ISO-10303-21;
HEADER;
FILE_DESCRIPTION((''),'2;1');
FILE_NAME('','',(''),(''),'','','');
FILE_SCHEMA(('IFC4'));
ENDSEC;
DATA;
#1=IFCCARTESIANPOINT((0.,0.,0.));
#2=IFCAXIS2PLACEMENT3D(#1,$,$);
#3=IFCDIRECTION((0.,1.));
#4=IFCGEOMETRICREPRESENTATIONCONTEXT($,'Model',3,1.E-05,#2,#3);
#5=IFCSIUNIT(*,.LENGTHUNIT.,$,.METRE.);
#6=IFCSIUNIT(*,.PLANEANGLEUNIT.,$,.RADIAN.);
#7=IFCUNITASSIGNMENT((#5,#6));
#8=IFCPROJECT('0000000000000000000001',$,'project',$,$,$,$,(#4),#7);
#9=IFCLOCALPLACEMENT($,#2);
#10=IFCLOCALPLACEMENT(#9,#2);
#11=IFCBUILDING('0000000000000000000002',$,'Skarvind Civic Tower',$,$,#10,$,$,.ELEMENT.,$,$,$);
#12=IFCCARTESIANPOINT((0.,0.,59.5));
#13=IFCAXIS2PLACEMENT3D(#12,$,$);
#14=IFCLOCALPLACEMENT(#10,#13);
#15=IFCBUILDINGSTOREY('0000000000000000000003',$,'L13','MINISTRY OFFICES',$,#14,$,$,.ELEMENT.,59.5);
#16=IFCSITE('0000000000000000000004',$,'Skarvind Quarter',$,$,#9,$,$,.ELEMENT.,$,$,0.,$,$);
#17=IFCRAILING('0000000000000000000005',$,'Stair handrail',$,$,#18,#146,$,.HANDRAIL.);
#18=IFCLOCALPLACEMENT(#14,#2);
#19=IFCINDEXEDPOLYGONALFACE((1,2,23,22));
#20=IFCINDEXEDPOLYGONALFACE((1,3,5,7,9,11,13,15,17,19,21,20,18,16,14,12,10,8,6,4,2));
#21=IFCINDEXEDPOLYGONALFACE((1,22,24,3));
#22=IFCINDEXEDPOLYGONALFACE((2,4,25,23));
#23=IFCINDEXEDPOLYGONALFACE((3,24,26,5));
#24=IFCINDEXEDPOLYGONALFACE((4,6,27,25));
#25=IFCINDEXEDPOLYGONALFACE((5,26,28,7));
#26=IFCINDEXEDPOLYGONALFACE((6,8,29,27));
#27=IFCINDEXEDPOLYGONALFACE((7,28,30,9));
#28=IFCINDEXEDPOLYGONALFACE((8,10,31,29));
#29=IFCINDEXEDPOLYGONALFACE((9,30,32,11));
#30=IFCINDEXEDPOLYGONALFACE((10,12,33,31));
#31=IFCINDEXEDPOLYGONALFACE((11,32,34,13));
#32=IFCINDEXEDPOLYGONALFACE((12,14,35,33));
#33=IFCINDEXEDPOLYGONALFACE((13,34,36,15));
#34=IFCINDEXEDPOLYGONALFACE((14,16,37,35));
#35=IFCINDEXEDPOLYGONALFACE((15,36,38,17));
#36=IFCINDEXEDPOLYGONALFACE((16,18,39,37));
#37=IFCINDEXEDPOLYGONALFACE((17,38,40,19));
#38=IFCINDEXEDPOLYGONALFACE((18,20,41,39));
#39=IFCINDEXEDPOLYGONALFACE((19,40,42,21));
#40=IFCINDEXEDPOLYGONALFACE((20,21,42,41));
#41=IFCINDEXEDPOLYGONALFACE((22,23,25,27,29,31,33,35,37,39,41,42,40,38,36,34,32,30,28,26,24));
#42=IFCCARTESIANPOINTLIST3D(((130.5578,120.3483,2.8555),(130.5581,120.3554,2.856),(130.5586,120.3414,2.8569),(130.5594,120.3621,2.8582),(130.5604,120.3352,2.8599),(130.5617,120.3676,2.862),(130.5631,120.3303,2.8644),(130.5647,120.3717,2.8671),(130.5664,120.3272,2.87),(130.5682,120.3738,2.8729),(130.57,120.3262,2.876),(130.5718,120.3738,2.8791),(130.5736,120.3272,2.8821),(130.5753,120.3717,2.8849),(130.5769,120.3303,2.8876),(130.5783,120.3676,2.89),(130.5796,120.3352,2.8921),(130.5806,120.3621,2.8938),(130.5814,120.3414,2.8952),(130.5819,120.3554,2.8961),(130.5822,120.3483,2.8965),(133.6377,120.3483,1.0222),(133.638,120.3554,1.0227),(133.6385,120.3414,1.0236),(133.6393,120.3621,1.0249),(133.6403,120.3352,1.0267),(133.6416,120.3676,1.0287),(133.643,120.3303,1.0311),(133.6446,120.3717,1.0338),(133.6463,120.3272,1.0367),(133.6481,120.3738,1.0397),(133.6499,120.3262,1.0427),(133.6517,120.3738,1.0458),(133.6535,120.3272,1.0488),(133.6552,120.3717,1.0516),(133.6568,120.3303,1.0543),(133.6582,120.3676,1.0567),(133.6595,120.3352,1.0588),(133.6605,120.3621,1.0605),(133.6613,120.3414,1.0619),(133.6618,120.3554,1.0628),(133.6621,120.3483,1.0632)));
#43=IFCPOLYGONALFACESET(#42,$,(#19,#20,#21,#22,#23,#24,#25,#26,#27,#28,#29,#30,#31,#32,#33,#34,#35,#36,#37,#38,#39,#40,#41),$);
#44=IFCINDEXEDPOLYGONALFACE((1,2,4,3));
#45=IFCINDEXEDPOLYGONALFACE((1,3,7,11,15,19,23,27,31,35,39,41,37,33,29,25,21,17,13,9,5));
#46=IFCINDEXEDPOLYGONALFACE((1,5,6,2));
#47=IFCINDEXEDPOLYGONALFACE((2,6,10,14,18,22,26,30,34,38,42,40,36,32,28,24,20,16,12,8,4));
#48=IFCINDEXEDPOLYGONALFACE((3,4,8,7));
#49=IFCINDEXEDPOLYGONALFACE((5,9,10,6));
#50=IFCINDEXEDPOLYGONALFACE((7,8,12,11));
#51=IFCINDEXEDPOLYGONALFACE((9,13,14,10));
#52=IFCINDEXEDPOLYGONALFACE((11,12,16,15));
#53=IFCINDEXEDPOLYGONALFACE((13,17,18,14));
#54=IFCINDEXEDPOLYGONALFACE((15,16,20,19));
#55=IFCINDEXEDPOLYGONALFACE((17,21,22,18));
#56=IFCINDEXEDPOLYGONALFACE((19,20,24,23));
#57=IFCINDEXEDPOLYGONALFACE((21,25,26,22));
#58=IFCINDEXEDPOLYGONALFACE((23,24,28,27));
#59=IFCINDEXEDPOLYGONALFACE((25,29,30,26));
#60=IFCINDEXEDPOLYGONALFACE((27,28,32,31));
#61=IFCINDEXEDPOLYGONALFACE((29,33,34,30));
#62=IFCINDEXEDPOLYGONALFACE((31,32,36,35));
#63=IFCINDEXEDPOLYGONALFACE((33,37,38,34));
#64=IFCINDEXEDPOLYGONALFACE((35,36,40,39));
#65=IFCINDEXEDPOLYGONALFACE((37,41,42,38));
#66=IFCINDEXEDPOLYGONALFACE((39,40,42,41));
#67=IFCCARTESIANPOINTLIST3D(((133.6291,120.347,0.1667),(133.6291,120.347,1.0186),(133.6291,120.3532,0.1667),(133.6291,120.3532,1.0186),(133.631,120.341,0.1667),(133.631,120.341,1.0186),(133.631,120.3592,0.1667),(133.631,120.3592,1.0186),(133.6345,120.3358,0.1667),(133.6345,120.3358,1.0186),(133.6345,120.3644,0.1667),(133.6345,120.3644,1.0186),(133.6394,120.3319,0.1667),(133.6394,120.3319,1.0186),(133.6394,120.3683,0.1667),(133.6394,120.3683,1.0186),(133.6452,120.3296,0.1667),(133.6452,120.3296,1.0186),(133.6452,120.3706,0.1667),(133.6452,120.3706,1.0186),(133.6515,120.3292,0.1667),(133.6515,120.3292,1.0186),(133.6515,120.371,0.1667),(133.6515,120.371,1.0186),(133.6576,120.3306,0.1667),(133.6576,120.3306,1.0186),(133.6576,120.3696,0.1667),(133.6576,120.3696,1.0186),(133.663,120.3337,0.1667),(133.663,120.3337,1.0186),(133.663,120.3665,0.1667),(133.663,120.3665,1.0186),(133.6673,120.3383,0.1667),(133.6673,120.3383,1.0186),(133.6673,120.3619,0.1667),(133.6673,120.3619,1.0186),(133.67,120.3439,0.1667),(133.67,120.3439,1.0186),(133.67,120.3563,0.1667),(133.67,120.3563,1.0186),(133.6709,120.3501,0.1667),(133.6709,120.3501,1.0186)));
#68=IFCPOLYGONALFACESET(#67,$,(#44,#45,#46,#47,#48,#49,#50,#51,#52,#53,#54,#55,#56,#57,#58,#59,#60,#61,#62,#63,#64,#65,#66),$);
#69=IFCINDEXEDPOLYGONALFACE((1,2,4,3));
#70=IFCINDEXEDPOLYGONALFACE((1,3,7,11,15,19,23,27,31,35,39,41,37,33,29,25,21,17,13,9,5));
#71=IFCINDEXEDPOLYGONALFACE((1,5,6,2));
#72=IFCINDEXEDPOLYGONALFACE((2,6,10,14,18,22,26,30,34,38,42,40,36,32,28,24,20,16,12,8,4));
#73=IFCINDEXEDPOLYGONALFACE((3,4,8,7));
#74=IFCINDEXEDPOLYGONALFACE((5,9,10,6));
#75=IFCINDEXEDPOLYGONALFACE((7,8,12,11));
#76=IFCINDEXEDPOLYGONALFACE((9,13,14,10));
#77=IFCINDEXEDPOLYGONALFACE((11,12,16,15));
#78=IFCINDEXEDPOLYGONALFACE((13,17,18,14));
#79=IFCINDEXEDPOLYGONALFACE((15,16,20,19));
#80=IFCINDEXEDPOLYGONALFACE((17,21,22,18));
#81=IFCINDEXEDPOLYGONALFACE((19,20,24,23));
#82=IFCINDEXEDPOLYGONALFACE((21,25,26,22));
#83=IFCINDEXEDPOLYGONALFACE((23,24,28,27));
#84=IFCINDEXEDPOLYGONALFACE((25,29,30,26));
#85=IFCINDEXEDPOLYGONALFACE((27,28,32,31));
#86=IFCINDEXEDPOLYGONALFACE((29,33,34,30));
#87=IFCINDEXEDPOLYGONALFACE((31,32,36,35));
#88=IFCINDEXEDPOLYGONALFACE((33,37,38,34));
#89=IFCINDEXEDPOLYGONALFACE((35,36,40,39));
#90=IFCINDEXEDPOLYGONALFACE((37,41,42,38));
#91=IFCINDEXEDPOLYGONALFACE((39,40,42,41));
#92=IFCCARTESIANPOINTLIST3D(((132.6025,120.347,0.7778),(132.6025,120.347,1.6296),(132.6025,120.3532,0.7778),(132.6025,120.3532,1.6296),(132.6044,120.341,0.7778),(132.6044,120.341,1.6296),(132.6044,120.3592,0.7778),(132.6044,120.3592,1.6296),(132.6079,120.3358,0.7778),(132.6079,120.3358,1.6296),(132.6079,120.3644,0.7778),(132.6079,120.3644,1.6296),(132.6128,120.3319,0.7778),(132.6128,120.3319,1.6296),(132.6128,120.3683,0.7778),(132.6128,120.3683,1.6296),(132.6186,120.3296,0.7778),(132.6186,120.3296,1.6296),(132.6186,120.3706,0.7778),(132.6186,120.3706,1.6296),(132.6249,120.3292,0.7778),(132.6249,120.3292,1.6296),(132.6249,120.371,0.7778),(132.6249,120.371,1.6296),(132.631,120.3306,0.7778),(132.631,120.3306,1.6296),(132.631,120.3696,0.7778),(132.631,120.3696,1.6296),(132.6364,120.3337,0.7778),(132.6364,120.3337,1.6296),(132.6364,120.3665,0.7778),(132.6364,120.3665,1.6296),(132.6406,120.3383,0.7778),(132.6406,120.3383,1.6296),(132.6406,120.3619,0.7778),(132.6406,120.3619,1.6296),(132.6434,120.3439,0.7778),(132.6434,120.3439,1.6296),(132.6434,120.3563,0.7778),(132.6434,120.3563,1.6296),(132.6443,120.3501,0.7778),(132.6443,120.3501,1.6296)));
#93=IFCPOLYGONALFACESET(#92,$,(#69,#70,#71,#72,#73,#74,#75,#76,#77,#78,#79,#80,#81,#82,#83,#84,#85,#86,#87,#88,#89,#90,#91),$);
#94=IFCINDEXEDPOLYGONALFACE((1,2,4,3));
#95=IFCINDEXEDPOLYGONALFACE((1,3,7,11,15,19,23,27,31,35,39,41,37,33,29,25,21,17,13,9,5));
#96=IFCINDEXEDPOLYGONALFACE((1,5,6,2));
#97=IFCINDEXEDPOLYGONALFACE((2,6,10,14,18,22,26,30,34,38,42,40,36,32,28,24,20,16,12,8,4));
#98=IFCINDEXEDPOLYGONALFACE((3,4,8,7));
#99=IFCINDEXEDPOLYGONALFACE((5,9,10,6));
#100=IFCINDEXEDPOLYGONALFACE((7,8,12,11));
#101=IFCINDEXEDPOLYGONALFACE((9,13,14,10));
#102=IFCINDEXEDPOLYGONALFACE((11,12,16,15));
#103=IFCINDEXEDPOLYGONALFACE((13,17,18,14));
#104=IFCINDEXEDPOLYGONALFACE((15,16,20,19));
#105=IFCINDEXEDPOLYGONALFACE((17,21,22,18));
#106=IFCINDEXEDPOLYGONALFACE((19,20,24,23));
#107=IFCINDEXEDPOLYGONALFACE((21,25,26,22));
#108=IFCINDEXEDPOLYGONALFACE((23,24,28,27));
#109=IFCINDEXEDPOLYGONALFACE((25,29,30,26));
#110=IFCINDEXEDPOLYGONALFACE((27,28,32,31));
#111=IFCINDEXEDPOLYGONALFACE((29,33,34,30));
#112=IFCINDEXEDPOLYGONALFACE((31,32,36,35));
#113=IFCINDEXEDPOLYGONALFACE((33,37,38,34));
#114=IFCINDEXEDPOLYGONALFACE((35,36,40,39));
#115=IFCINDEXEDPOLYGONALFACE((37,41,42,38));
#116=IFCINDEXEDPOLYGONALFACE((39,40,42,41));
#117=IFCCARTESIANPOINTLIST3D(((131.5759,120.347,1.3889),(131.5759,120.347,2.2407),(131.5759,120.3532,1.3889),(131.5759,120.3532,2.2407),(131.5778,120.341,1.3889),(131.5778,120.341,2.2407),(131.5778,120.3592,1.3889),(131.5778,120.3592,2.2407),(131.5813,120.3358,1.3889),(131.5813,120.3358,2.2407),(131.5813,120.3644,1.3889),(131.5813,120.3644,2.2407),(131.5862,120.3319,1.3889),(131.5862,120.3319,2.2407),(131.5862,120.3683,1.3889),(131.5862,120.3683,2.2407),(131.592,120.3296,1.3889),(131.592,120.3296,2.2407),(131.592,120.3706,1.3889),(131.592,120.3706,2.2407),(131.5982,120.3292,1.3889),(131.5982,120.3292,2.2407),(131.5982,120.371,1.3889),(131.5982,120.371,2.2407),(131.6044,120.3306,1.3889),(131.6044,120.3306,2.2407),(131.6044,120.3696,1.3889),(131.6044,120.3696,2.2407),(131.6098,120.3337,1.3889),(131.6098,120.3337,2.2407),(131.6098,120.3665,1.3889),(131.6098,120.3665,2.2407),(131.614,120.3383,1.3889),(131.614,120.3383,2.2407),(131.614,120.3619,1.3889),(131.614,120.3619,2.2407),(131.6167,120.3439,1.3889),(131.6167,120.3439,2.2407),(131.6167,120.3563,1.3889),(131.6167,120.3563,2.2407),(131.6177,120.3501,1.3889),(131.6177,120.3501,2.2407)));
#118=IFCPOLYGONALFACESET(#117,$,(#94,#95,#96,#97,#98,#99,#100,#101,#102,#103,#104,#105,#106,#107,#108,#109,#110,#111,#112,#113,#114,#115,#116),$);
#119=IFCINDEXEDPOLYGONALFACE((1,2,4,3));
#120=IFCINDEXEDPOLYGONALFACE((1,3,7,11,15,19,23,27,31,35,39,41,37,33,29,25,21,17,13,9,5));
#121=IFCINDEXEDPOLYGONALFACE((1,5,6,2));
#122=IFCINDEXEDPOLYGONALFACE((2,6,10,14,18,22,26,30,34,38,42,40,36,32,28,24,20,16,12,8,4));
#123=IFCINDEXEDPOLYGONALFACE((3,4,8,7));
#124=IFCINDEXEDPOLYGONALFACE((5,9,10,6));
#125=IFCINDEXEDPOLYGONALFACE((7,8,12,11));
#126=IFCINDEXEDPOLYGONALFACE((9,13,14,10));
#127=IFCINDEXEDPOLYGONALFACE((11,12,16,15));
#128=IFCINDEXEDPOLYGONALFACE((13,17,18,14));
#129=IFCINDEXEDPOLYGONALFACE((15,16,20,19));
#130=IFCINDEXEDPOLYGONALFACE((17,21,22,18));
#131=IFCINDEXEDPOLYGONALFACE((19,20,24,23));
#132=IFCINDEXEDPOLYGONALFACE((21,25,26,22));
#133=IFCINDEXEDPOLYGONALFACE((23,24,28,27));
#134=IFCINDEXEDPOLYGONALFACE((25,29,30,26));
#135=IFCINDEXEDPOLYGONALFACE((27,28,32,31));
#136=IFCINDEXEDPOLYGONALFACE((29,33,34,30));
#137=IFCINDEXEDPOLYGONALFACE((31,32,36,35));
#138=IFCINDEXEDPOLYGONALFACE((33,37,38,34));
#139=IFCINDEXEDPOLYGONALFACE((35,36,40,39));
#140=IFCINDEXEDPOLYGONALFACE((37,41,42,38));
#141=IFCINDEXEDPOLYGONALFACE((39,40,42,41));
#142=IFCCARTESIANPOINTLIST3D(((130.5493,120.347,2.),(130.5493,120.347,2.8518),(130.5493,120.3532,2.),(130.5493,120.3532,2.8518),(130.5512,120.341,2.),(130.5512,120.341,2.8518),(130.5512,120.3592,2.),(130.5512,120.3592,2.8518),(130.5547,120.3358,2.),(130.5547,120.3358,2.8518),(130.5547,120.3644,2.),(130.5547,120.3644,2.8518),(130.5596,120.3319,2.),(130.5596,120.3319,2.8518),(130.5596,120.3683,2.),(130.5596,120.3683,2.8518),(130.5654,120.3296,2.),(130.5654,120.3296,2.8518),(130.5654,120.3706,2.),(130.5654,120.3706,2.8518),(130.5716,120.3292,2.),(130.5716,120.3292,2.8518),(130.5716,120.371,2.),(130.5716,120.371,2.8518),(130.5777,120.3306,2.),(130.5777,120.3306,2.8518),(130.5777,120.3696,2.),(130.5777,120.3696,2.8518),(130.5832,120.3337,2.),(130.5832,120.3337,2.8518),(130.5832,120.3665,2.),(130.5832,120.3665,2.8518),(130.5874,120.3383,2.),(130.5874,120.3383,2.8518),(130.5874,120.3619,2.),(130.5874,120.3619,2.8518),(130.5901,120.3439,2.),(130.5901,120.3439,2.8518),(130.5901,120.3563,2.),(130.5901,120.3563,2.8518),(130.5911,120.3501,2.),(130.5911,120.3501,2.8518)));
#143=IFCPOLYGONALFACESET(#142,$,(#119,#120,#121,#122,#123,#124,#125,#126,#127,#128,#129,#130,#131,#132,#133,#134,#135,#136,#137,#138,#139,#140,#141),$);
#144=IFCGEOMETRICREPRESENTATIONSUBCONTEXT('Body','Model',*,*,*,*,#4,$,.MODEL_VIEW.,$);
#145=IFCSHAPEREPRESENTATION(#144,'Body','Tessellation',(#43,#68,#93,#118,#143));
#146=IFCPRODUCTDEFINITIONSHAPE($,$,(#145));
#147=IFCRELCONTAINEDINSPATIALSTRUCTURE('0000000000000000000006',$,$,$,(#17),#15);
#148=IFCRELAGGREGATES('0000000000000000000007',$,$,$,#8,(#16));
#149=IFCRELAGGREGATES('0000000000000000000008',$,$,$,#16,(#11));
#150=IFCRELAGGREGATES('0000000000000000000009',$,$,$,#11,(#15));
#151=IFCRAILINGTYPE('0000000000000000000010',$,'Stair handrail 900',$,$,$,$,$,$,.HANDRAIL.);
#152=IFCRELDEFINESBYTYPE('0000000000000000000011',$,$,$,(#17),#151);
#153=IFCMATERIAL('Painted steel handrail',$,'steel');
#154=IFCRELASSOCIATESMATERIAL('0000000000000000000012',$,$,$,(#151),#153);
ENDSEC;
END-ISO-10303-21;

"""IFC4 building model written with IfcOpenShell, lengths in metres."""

from ifc_helpers import new_model, si_unit, direction, frame, origin, origin_2d, place, context, subcontext, project, spatial, circle, extrude, material, type_object, element, save


model = new_model("IFC4")

# Units and contexts
model_context = context("Model", 3, precision=1e-05, world=origin(), true_north=direction((0.0, 1.0)))
body_context = subcontext(model_context, "Body", "Model", "MODEL_VIEW")
ifc_project = project(units=[si_unit("LENGTHUNIT", "METRE"), si_unit("PLANEANGLEUNIT", "RADIAN")], contexts=[model_context])

# Site, building, storey
site_placement = place(None, origin())
site = spatial("IfcSite", under=ifc_project, at=site_placement, Name="Skarvind Quarter", CompositionType="ELEMENT", RefElevation=0.0)
building_placement = place(site_placement, origin())
building = spatial("IfcBuilding", under=site, at=building_placement, Name="Skarvind Civic Tower", CompositionType="ELEMENT")
storey_placement = place(building_placement, frame((0.0, 0.0, 59.5)))
storey = spatial("IfcBuildingStorey", under=building, at=storey_placement, Name="L13", Description="MINISTRY OFFICES", CompositionType="ELEMENT", Elevation=59.5)

# Railing
ifc_material_1 = material(Name="Painted steel handrail", Category="steel")
railing_type = type_object("IfcRailingType", Name="Stair handrail 900", PredefinedType="HANDRAIL", material=ifc_material_1)
railing_1_placement = place(storey_placement, frame((133.6499, 120.3501, 0.1667)))
element("IfcRailing", 1, at=railing_1_placement, inside=storey, type_object=railing_type, Name="Stair handrail", PredefinedType="HANDRAIL", context=body_context, shape_type="SweptSolid", body=[
    extrude(circle(Radius=0.0239, at=origin_2d()), frame((0.0, 0.0, 0.876), z_axis=(-0.859291, 0.0, 0.511487), x_axis=(0.0, -1.0, 0.0)), (0.0, 0.0, 1.0), 3.5842),
    extrude(circle(Radius=0.021, at=origin_2d()), origin(), (0.0, 0.0, 1.0), 0.8518),
    extrude(circle(Radius=0.021, at=origin_2d()), frame((-1.0266, 0.0, 0.6111)), (0.0, 0.0, 1.0), 0.8518),
    extrude(circle(Radius=0.021, at=origin_2d()), frame((-2.0532, 0.0, 1.2222)), (0.0, 0.0, 1.0), 0.8518),
    extrude(circle(Radius=0.021, at=origin_2d()), frame((-3.0798, 0.0, 1.8333)), (0.0, 0.0, 1.0), 0.8518),
])

save(model, "model.ifc")
